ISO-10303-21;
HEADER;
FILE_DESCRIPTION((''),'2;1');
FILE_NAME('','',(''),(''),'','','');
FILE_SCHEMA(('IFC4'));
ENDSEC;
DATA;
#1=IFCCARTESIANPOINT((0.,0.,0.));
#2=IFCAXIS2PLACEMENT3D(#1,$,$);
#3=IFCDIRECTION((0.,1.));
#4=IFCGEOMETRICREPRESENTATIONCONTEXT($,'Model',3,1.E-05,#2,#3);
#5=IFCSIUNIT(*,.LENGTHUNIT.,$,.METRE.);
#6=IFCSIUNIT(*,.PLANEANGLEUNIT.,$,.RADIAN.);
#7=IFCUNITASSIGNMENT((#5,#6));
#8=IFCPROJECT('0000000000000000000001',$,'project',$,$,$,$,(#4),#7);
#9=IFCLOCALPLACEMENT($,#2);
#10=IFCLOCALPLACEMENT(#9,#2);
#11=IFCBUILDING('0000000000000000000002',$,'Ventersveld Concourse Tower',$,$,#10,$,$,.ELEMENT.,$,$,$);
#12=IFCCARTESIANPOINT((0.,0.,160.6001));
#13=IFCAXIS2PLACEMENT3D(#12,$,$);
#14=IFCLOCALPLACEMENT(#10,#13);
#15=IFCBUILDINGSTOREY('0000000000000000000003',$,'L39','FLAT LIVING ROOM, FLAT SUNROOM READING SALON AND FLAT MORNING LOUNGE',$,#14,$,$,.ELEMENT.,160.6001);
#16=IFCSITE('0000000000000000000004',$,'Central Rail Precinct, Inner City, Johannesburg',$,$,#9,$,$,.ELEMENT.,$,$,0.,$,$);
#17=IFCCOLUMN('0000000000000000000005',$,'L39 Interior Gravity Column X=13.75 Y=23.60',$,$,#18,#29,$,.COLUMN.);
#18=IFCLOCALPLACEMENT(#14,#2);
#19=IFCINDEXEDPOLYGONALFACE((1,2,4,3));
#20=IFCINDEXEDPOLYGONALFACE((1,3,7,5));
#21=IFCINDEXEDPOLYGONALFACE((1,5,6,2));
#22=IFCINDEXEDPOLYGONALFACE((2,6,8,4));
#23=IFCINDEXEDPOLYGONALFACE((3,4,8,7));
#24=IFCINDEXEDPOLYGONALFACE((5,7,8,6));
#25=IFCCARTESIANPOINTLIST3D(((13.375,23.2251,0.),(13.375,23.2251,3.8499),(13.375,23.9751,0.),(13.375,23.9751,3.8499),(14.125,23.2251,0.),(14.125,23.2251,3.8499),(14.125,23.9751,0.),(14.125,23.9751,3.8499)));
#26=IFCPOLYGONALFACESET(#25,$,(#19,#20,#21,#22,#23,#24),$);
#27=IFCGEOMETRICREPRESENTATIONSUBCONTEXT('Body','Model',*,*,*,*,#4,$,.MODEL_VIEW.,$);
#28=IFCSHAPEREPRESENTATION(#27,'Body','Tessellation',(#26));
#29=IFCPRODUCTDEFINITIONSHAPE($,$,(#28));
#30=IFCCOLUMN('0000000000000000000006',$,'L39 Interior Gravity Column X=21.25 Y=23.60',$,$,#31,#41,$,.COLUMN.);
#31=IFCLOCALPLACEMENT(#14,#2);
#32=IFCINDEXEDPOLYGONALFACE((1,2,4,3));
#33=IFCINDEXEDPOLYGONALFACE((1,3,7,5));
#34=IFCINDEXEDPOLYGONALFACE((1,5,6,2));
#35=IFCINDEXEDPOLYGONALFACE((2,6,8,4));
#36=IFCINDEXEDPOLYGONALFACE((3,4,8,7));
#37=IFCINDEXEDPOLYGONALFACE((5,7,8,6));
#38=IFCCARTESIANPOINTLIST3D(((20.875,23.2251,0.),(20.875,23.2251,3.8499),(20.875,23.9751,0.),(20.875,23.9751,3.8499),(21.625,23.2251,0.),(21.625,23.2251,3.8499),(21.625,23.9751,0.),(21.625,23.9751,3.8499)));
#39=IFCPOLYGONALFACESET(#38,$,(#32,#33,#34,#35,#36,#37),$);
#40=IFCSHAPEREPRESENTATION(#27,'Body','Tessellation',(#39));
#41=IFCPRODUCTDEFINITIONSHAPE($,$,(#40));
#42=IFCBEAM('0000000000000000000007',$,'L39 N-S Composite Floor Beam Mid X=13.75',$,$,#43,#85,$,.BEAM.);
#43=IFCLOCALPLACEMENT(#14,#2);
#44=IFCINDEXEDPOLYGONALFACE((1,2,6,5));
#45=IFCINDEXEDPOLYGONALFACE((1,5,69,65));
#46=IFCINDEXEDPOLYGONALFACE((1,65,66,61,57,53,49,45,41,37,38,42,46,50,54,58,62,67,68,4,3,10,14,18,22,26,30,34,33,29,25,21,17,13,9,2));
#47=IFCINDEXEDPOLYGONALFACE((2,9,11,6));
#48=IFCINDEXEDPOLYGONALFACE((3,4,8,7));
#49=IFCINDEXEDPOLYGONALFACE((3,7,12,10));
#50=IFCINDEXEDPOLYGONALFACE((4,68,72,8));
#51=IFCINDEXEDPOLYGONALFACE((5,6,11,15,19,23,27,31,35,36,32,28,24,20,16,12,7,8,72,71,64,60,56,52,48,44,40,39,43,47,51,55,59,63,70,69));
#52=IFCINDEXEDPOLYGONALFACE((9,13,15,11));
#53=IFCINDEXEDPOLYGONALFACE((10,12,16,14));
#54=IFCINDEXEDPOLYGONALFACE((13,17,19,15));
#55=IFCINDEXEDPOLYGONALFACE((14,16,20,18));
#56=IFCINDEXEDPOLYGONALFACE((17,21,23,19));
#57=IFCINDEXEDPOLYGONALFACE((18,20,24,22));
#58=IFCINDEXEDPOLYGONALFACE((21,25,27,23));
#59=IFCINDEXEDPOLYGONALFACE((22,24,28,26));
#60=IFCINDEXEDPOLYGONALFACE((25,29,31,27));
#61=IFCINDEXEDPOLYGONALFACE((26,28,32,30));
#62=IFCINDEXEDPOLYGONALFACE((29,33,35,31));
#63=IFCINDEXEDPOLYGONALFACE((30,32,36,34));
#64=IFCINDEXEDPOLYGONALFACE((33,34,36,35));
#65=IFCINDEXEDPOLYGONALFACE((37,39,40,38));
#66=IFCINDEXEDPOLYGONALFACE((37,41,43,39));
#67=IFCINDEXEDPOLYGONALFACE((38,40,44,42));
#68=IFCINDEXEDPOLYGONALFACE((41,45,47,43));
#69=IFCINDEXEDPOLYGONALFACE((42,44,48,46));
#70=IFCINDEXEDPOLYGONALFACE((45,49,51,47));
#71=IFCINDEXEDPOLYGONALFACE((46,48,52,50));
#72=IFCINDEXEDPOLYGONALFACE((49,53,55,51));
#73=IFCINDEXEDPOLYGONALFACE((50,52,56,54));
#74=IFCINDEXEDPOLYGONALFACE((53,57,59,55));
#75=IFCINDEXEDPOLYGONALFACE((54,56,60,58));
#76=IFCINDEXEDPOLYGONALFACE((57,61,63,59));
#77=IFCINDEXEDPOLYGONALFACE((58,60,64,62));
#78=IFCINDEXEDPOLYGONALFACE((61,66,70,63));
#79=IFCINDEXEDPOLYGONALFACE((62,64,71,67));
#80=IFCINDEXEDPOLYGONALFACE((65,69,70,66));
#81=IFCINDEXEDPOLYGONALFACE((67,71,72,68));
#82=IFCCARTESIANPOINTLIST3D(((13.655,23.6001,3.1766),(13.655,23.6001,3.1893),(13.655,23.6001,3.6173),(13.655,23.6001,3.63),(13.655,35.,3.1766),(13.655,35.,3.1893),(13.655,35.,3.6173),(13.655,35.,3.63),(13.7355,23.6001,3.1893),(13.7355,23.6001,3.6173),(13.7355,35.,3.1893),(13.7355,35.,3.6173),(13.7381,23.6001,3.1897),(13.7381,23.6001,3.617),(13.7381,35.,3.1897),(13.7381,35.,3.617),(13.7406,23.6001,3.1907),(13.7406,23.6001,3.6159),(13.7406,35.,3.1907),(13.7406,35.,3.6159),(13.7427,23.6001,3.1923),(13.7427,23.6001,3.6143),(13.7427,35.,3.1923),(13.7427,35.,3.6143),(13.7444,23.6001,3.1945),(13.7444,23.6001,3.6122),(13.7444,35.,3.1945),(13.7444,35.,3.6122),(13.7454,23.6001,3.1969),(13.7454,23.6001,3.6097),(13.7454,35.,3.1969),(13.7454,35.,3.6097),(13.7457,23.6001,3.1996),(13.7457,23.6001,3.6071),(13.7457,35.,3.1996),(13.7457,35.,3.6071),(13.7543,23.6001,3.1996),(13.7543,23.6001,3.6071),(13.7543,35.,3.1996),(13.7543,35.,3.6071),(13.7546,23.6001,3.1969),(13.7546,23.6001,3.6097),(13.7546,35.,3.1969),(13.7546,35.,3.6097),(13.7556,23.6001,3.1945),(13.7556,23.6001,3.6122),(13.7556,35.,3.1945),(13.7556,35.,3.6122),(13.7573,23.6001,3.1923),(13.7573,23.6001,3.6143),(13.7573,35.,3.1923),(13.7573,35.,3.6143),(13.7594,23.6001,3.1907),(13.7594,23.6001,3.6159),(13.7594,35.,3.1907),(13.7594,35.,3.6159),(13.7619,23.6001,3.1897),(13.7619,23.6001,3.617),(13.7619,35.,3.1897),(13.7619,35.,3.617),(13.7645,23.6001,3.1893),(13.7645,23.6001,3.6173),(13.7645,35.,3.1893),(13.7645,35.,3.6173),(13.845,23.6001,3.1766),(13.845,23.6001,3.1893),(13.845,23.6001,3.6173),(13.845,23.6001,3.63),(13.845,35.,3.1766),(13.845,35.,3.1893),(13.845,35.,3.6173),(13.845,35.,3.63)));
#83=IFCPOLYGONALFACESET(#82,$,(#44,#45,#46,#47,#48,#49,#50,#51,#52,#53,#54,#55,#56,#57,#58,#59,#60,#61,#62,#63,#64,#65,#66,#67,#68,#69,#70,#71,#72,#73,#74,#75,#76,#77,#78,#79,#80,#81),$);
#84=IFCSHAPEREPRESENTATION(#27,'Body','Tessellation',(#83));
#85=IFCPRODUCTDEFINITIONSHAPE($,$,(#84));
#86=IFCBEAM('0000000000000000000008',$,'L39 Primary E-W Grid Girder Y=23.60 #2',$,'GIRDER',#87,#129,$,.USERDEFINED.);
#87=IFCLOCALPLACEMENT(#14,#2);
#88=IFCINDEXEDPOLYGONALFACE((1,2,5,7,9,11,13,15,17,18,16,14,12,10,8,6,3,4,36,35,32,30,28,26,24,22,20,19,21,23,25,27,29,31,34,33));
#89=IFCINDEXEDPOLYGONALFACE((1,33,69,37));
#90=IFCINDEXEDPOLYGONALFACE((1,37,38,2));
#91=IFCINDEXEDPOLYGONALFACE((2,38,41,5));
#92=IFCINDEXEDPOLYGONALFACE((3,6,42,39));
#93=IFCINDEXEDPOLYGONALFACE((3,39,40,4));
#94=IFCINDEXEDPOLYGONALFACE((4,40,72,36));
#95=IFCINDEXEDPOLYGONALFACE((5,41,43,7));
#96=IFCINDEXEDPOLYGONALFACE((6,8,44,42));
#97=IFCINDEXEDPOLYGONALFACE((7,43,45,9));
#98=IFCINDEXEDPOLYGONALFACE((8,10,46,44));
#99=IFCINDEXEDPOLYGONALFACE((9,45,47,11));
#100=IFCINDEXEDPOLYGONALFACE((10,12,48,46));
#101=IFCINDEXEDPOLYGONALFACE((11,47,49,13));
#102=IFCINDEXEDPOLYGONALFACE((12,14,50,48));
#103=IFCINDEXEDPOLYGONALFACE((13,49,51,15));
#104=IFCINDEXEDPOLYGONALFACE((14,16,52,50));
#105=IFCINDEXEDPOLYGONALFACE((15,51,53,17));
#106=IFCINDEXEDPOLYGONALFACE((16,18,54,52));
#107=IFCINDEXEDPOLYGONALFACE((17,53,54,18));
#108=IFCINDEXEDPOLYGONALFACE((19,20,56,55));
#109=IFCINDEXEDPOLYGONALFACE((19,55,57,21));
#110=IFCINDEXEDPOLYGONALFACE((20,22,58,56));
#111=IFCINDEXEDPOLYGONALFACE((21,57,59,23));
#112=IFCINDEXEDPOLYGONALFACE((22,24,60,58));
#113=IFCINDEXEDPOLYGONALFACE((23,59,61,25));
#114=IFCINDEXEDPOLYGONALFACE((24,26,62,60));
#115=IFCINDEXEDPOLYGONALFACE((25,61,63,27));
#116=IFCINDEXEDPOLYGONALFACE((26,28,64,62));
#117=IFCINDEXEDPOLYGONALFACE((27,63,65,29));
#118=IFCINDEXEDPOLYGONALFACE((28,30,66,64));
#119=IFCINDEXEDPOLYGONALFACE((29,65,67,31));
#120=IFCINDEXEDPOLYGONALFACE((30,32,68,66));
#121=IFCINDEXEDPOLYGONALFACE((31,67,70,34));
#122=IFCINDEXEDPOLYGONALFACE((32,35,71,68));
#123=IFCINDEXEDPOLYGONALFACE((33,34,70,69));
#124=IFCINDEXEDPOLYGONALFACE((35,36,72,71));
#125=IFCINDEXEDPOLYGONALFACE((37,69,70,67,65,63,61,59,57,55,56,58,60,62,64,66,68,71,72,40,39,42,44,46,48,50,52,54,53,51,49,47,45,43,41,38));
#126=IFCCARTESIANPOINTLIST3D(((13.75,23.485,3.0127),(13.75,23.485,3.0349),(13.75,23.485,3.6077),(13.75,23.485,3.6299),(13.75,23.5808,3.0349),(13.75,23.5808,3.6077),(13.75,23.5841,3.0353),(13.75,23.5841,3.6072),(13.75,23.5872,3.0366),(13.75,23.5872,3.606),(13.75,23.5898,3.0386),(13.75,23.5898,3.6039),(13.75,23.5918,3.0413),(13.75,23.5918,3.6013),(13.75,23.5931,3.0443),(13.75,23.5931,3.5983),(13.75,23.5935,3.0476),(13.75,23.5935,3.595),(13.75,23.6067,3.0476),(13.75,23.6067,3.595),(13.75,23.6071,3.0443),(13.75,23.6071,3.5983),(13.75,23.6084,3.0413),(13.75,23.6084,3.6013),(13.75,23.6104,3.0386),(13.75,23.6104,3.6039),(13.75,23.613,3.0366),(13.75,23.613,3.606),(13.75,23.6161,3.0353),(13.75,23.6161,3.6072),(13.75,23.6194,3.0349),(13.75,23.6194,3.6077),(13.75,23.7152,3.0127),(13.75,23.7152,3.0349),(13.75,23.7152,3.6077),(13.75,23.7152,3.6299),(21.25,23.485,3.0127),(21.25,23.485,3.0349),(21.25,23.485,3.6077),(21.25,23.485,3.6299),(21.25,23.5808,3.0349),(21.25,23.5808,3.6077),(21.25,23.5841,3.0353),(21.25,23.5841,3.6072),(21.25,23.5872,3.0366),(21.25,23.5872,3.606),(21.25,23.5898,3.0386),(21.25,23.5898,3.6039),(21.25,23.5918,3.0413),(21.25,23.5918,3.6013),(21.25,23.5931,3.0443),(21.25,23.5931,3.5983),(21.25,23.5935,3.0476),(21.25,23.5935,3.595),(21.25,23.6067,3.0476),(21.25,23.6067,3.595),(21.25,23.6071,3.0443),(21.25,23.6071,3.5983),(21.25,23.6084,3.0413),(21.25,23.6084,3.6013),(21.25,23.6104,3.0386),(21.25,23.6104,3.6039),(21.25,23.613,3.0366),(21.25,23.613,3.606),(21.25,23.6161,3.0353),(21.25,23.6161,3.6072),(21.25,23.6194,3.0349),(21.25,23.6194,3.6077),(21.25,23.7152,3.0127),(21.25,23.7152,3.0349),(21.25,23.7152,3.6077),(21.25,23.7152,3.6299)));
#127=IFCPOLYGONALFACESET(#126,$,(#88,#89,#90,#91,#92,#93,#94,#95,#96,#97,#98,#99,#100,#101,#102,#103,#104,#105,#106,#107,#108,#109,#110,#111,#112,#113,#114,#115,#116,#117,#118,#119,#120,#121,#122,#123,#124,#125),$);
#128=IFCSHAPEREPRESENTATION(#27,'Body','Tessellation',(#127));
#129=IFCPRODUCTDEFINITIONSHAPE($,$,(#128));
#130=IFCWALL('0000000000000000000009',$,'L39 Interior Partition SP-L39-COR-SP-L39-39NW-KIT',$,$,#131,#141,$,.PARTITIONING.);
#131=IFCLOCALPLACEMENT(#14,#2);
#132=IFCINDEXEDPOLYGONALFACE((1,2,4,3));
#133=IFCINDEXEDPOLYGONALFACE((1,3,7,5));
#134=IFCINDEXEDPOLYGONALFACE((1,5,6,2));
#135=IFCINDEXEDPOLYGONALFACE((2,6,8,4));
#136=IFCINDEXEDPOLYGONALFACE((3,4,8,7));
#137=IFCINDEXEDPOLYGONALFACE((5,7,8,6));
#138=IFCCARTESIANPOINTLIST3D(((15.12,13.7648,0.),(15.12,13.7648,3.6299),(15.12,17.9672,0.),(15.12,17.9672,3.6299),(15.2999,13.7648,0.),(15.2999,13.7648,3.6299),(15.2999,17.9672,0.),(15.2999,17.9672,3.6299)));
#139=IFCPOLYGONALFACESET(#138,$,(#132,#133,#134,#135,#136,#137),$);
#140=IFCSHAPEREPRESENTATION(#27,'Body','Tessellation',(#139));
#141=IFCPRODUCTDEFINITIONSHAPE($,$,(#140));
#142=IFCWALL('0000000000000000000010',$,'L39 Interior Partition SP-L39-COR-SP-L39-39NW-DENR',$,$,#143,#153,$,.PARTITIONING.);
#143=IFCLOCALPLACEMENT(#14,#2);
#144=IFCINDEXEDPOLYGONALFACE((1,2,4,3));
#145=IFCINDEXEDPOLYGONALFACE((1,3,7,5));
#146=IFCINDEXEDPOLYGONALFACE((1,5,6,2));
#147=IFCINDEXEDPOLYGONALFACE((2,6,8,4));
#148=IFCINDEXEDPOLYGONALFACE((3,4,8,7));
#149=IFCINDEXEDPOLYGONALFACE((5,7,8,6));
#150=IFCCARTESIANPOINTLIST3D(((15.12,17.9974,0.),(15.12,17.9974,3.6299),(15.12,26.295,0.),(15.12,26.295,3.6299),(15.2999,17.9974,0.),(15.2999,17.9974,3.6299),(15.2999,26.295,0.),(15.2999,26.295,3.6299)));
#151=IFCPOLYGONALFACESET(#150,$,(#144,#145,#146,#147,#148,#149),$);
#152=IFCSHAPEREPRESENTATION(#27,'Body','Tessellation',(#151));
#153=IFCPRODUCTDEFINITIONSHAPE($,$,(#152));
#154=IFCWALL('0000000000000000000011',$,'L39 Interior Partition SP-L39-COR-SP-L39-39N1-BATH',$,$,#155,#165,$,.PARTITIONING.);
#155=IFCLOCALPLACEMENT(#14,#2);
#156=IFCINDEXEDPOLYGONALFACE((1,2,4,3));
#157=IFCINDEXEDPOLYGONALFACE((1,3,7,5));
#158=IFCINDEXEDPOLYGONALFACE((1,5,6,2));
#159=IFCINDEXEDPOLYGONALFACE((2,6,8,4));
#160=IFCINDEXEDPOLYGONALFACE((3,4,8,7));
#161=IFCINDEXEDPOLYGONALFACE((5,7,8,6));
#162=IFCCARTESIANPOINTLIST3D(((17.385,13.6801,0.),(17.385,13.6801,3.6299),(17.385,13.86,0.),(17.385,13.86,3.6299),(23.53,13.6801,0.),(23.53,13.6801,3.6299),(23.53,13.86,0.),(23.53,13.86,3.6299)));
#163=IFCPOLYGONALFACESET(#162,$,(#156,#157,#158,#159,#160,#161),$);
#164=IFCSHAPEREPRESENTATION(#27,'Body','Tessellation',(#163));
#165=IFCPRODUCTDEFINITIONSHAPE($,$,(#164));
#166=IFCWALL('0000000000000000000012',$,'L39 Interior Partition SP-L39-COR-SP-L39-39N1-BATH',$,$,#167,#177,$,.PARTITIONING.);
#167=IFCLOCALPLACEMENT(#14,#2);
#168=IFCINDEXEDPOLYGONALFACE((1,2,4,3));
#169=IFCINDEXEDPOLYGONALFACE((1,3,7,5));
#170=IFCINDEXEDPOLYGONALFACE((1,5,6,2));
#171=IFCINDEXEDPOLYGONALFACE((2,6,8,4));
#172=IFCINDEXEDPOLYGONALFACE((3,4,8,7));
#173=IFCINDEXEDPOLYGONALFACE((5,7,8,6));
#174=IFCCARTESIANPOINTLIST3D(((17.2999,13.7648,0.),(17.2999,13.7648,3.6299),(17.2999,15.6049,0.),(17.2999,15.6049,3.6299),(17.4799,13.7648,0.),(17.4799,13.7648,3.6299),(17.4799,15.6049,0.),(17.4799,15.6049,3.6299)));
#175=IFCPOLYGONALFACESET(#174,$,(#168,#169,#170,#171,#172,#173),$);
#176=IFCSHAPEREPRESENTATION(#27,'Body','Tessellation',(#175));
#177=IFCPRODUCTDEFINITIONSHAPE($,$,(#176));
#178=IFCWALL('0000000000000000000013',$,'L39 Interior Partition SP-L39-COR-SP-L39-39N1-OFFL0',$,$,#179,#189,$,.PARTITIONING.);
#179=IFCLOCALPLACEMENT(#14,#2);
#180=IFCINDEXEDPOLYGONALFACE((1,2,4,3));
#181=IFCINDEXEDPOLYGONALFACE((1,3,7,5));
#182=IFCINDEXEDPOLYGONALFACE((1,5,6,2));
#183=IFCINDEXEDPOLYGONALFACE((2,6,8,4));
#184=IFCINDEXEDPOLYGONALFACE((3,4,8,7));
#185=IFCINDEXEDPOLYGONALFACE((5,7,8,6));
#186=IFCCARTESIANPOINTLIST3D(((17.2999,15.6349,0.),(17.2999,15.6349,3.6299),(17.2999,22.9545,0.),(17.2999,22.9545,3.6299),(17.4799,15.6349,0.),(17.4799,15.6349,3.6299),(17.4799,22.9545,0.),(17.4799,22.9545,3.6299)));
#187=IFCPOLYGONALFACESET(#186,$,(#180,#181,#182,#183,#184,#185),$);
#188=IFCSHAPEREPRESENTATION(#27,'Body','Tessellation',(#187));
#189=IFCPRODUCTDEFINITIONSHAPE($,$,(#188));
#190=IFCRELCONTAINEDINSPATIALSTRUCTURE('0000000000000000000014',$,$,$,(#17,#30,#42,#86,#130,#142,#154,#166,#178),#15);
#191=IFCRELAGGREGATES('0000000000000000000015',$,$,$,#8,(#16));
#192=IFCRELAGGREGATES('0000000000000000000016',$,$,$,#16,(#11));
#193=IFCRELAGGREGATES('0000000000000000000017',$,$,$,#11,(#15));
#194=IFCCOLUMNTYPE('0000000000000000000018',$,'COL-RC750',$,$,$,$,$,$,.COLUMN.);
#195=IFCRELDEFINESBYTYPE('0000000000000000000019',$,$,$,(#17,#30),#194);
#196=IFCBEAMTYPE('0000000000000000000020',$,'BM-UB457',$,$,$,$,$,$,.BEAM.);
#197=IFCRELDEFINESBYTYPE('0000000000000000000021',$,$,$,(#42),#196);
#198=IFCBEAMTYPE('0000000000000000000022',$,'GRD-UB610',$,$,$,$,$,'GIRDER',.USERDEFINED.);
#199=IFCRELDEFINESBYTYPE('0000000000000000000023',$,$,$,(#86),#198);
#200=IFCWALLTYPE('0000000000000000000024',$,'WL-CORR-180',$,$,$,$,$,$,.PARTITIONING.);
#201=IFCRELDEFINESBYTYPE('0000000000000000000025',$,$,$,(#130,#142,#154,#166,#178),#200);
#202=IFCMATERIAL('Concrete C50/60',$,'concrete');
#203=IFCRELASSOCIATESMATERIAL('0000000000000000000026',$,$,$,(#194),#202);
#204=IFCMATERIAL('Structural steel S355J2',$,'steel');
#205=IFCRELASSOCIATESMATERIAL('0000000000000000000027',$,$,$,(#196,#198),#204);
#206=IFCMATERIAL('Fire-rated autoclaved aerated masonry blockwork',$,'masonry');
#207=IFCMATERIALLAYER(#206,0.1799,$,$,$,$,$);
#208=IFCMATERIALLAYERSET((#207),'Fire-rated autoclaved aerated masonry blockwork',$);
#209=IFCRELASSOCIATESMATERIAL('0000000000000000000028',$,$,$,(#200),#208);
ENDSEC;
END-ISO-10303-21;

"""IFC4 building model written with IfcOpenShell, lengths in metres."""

from ifc_helpers import new_model, si_unit, direction, frame, frame_2d, origin, origin_2d, place, context, subcontext, project, spatial, rectangle, i_section, extrude, material, layer, layer_set, material_profile, profile_set, type_object, element, save


model = new_model("IFC4")

# Units and contexts
model_context = context("Model", 3, precision=1e-05, world=origin(), true_north=direction((0.0, 1.0)))
body_context = subcontext(model_context, "Body", "Model", "MODEL_VIEW")
ifc_project = project(units=[si_unit("LENGTHUNIT", "METRE"), si_unit("PLANEANGLEUNIT", "RADIAN")], contexts=[model_context])

# Site, building, storey
site_placement = place(None, origin())
site = spatial("IfcSite", under=ifc_project, at=site_placement, Name="Central Rail Precinct, Inner City, Johannesburg", CompositionType="ELEMENT", RefElevation=0.0)
building_placement = place(site_placement, origin())
building = spatial("IfcBuilding", under=site, at=building_placement, Name="Ventersveld Concourse Tower", CompositionType="ELEMENT")
storey_placement = place(building_placement, frame((0.0, 0.0, 160.6001)))
storey = spatial("IfcBuildingStorey", under=building, at=storey_placement, Name="L39", Description="FLAT LIVING ROOM, FLAT SUNROOM READING SALON AND FLAT MORNING LOUNGE", CompositionType="ELEMENT", Elevation=160.6001)

# Columns
ifc_material_1 = material(Name="Concrete C50/60", Category="concrete")
ifc_material_profile_1 = material_profile(ifc_material_1, rectangle(XDim=0.75, YDim=0.75, at=origin_2d()), Name="RC 750x750")
ifc_profile_set_1 = profile_set([ifc_material_profile_1], Name="Concrete C50/60")
column_type = type_object("IfcColumnType", Name="COL-RC750", PredefinedType="COLUMN", material=ifc_profile_set_1)
for number, where, z_axis, x_axis, name in (
    (1, (13.75, 23.6001, 0.0), (0.0, 0.0, 1.0), (1.0, 0.0, 0.0), "L39 Interior Gravity Column X=13.75 Y=23.60"),
    (2, (21.25, 23.6001, 0.0), (0.0, 0.0, 1.0), (1.0, 0.0, 0.0), "L39 Interior Gravity Column X=21.25 Y=23.60"),
):
    element("IfcColumn", number, at=place(storey_placement, frame(where, z_axis=z_axis, x_axis=x_axis)), inside=storey, type_object=column_type, Name=name, PredefinedType="COLUMN", context=body_context, shape_type="SweptSolid", body=[
        extrude(rectangle(XDim=0.75, YDim=0.75, at=origin_2d()), origin(), (0.0, 0.0, 1.0), 3.8499),
    ])

# Beams
ifc_material_2 = material(Name="Structural steel S355J2", Category="steel")
ifc_material_profile_2 = material_profile(ifc_material_2, i_section(OverallWidth=0.1899, OverallDepth=0.4534, WebThickness=0.0085, FlangeThickness=0.0127, FilletRadius=0.0103, at=origin_2d()), Name="UB 457x191x67")
ifc_profile_set_2 = profile_set([ifc_material_profile_2], Name="Structural steel S355J2")
beam_type_1 = type_object("IfcBeamType", Name="BM-UB457", PredefinedType="BEAM", material=ifc_profile_set_2)
beam_1_placement = place(storey_placement, frame((13.75, 23.6001, 3.4033), z_axis=(0.0, 1.0, 0.0), x_axis=(-1.0, 0.0, 0.0)))
element("IfcBeam", 3, at=beam_1_placement, inside=storey, type_object=beam_type_1, Name="L39 N-S Composite Floor Beam Mid X=13.75", PredefinedType="BEAM", context=body_context, shape_type="SweptSolid", body=[
    extrude(i_section(OverallWidth=0.1899, OverallDepth=0.4534, WebThickness=0.0085, FlangeThickness=0.0127, FilletRadius=0.0103, at=origin_2d()), origin(), (0.0, 0.0, 1.0), 11.3999),
])
ifc_material_profile_3 = material_profile(ifc_material_2, i_section(OverallWidth=0.2302, OverallDepth=0.6172, WebThickness=0.0132, FlangeThickness=0.0222, FilletRadius=0.0127, at=origin_2d()), Name="UB 610x229x140")
ifc_profile_set_3 = profile_set([ifc_material_profile_3], Name="Structural steel S355J2")
beam_type_2 = type_object("IfcBeamType", Name="GRD-UB610", ElementType="GIRDER", PredefinedType="USERDEFINED", material=ifc_profile_set_3)
beam_2_placement = place(storey_placement, frame((13.75, 23.6001, 3.3213), z_axis=(1.0, 0.0, 0.0), x_axis=(0.0, 1.0, 0.0)))
element("IfcBeam", 4, at=beam_2_placement, inside=storey, type_object=beam_type_2, Name="L39 Primary E-W Grid Girder Y=23.60 #2", ObjectType="GIRDER", PredefinedType="USERDEFINED", context=body_context, shape_type="SweptSolid", body=[
    extrude(i_section(OverallWidth=0.2302, OverallDepth=0.6172, WebThickness=0.0132, FlangeThickness=0.0222, FilletRadius=0.0127, at=origin_2d()), origin(), (0.0, 0.0, 1.0), 7.5),
])

# Walls
ifc_material_3 = material(Name="Fire-rated autoclaved aerated masonry blockwork", Category="masonry")
ifc_layer_1 = layer(ifc_material_3, 0.1799)
ifc_layer_set_1 = layer_set([ifc_layer_1], Name="Fire-rated autoclaved aerated masonry blockwork")
wall_type_1 = type_object("IfcWallType", Name="WL-CORR-180", PredefinedType="PARTITIONING", material=ifc_layer_set_1)
wall_1_placement = place(storey_placement, frame((15.21, 13.7649, 0.0), z_axis=(0.0, 0.0, 1.0), x_axis=(0.0, 1.0, 0.0)))
element("IfcWall", 5, at=wall_1_placement, inside=storey, type_object=wall_type_1, Name="L39 Interior Partition SP-L39-COR-SP-L39-39NW-KIT", PredefinedType="PARTITIONING", context=body_context, shape_type="SweptSolid", body=[
    extrude(rectangle(XDim=4.2024, YDim=0.1799, at=frame_2d((2.1011, 0.0))), origin(), (0.0, 0.0, 1.0), 3.6299),
])
wall_2_placement = place(storey_placement, frame((15.21, 17.9973, 0.0), z_axis=(0.0, 0.0, 1.0), x_axis=(0.0, 1.0, 0.0)))
element("IfcWall", 6, at=wall_2_placement, inside=storey, type_object=wall_type_1, Name="L39 Interior Partition SP-L39-COR-SP-L39-39NW-DENR", PredefinedType="PARTITIONING", context=body_context, shape_type="SweptSolid", body=[
    extrude(rectangle(XDim=8.2976, YDim=0.1799, at=frame_2d((4.1489, 0.0))), origin(), (0.0, 0.0, 1.0), 3.6299),
])

# Walls
wall_3_placement = place(storey_placement, frame((17.385, 13.77, 0.0), z_axis=(0.0, 0.0, 1.0), x_axis=(1.0, 0.0, 0.0)))
element("IfcWall", 7, at=wall_3_placement, inside=storey, type_object=wall_type_1, Name="L39 Interior Partition SP-L39-COR-SP-L39-39N1-BATH", PredefinedType="PARTITIONING", context=body_context, shape_type="SweptSolid", body=[
    extrude(rectangle(XDim=6.145, YDim=0.1799, at=frame_2d((3.0725, 0.0))), origin(), (0.0, 0.0, 1.0), 3.6299),
])
wall_4_placement = place(storey_placement, frame((17.3899, 13.7649, 0.0), z_axis=(0.0, 0.0, 1.0), x_axis=(0.0, 1.0, 0.0)))
element("IfcWall", 8, at=wall_4_placement, inside=storey, type_object=wall_type_1, Name="L39 Interior Partition SP-L39-COR-SP-L39-39N1-BATH", PredefinedType="PARTITIONING", context=body_context, shape_type="SweptSolid", body=[
    extrude(rectangle(XDim=1.8401, YDim=0.1799, at=frame_2d((0.9199, 0.0))), origin(), (0.0, 0.0, 1.0), 3.6299),
])
wall_5_placement = place(storey_placement, frame((17.3899, 15.635, 0.0), z_axis=(0.0, 0.0, 1.0), x_axis=(0.0, 1.0, 0.0)))
element("IfcWall", 9, at=wall_5_placement, inside=storey, type_object=wall_type_1, Name="L39 Interior Partition SP-L39-COR-SP-L39-39N1-OFFL0", PredefinedType="PARTITIONING", context=body_context, shape_type="SweptSolid", body=[
    extrude(rectangle(XDim=7.3196, YDim=0.1799, at=frame_2d((3.6597, 0.0))), origin(), (0.0, 0.0, 1.0), 3.6299),
])

save(model, "model.ifc")
